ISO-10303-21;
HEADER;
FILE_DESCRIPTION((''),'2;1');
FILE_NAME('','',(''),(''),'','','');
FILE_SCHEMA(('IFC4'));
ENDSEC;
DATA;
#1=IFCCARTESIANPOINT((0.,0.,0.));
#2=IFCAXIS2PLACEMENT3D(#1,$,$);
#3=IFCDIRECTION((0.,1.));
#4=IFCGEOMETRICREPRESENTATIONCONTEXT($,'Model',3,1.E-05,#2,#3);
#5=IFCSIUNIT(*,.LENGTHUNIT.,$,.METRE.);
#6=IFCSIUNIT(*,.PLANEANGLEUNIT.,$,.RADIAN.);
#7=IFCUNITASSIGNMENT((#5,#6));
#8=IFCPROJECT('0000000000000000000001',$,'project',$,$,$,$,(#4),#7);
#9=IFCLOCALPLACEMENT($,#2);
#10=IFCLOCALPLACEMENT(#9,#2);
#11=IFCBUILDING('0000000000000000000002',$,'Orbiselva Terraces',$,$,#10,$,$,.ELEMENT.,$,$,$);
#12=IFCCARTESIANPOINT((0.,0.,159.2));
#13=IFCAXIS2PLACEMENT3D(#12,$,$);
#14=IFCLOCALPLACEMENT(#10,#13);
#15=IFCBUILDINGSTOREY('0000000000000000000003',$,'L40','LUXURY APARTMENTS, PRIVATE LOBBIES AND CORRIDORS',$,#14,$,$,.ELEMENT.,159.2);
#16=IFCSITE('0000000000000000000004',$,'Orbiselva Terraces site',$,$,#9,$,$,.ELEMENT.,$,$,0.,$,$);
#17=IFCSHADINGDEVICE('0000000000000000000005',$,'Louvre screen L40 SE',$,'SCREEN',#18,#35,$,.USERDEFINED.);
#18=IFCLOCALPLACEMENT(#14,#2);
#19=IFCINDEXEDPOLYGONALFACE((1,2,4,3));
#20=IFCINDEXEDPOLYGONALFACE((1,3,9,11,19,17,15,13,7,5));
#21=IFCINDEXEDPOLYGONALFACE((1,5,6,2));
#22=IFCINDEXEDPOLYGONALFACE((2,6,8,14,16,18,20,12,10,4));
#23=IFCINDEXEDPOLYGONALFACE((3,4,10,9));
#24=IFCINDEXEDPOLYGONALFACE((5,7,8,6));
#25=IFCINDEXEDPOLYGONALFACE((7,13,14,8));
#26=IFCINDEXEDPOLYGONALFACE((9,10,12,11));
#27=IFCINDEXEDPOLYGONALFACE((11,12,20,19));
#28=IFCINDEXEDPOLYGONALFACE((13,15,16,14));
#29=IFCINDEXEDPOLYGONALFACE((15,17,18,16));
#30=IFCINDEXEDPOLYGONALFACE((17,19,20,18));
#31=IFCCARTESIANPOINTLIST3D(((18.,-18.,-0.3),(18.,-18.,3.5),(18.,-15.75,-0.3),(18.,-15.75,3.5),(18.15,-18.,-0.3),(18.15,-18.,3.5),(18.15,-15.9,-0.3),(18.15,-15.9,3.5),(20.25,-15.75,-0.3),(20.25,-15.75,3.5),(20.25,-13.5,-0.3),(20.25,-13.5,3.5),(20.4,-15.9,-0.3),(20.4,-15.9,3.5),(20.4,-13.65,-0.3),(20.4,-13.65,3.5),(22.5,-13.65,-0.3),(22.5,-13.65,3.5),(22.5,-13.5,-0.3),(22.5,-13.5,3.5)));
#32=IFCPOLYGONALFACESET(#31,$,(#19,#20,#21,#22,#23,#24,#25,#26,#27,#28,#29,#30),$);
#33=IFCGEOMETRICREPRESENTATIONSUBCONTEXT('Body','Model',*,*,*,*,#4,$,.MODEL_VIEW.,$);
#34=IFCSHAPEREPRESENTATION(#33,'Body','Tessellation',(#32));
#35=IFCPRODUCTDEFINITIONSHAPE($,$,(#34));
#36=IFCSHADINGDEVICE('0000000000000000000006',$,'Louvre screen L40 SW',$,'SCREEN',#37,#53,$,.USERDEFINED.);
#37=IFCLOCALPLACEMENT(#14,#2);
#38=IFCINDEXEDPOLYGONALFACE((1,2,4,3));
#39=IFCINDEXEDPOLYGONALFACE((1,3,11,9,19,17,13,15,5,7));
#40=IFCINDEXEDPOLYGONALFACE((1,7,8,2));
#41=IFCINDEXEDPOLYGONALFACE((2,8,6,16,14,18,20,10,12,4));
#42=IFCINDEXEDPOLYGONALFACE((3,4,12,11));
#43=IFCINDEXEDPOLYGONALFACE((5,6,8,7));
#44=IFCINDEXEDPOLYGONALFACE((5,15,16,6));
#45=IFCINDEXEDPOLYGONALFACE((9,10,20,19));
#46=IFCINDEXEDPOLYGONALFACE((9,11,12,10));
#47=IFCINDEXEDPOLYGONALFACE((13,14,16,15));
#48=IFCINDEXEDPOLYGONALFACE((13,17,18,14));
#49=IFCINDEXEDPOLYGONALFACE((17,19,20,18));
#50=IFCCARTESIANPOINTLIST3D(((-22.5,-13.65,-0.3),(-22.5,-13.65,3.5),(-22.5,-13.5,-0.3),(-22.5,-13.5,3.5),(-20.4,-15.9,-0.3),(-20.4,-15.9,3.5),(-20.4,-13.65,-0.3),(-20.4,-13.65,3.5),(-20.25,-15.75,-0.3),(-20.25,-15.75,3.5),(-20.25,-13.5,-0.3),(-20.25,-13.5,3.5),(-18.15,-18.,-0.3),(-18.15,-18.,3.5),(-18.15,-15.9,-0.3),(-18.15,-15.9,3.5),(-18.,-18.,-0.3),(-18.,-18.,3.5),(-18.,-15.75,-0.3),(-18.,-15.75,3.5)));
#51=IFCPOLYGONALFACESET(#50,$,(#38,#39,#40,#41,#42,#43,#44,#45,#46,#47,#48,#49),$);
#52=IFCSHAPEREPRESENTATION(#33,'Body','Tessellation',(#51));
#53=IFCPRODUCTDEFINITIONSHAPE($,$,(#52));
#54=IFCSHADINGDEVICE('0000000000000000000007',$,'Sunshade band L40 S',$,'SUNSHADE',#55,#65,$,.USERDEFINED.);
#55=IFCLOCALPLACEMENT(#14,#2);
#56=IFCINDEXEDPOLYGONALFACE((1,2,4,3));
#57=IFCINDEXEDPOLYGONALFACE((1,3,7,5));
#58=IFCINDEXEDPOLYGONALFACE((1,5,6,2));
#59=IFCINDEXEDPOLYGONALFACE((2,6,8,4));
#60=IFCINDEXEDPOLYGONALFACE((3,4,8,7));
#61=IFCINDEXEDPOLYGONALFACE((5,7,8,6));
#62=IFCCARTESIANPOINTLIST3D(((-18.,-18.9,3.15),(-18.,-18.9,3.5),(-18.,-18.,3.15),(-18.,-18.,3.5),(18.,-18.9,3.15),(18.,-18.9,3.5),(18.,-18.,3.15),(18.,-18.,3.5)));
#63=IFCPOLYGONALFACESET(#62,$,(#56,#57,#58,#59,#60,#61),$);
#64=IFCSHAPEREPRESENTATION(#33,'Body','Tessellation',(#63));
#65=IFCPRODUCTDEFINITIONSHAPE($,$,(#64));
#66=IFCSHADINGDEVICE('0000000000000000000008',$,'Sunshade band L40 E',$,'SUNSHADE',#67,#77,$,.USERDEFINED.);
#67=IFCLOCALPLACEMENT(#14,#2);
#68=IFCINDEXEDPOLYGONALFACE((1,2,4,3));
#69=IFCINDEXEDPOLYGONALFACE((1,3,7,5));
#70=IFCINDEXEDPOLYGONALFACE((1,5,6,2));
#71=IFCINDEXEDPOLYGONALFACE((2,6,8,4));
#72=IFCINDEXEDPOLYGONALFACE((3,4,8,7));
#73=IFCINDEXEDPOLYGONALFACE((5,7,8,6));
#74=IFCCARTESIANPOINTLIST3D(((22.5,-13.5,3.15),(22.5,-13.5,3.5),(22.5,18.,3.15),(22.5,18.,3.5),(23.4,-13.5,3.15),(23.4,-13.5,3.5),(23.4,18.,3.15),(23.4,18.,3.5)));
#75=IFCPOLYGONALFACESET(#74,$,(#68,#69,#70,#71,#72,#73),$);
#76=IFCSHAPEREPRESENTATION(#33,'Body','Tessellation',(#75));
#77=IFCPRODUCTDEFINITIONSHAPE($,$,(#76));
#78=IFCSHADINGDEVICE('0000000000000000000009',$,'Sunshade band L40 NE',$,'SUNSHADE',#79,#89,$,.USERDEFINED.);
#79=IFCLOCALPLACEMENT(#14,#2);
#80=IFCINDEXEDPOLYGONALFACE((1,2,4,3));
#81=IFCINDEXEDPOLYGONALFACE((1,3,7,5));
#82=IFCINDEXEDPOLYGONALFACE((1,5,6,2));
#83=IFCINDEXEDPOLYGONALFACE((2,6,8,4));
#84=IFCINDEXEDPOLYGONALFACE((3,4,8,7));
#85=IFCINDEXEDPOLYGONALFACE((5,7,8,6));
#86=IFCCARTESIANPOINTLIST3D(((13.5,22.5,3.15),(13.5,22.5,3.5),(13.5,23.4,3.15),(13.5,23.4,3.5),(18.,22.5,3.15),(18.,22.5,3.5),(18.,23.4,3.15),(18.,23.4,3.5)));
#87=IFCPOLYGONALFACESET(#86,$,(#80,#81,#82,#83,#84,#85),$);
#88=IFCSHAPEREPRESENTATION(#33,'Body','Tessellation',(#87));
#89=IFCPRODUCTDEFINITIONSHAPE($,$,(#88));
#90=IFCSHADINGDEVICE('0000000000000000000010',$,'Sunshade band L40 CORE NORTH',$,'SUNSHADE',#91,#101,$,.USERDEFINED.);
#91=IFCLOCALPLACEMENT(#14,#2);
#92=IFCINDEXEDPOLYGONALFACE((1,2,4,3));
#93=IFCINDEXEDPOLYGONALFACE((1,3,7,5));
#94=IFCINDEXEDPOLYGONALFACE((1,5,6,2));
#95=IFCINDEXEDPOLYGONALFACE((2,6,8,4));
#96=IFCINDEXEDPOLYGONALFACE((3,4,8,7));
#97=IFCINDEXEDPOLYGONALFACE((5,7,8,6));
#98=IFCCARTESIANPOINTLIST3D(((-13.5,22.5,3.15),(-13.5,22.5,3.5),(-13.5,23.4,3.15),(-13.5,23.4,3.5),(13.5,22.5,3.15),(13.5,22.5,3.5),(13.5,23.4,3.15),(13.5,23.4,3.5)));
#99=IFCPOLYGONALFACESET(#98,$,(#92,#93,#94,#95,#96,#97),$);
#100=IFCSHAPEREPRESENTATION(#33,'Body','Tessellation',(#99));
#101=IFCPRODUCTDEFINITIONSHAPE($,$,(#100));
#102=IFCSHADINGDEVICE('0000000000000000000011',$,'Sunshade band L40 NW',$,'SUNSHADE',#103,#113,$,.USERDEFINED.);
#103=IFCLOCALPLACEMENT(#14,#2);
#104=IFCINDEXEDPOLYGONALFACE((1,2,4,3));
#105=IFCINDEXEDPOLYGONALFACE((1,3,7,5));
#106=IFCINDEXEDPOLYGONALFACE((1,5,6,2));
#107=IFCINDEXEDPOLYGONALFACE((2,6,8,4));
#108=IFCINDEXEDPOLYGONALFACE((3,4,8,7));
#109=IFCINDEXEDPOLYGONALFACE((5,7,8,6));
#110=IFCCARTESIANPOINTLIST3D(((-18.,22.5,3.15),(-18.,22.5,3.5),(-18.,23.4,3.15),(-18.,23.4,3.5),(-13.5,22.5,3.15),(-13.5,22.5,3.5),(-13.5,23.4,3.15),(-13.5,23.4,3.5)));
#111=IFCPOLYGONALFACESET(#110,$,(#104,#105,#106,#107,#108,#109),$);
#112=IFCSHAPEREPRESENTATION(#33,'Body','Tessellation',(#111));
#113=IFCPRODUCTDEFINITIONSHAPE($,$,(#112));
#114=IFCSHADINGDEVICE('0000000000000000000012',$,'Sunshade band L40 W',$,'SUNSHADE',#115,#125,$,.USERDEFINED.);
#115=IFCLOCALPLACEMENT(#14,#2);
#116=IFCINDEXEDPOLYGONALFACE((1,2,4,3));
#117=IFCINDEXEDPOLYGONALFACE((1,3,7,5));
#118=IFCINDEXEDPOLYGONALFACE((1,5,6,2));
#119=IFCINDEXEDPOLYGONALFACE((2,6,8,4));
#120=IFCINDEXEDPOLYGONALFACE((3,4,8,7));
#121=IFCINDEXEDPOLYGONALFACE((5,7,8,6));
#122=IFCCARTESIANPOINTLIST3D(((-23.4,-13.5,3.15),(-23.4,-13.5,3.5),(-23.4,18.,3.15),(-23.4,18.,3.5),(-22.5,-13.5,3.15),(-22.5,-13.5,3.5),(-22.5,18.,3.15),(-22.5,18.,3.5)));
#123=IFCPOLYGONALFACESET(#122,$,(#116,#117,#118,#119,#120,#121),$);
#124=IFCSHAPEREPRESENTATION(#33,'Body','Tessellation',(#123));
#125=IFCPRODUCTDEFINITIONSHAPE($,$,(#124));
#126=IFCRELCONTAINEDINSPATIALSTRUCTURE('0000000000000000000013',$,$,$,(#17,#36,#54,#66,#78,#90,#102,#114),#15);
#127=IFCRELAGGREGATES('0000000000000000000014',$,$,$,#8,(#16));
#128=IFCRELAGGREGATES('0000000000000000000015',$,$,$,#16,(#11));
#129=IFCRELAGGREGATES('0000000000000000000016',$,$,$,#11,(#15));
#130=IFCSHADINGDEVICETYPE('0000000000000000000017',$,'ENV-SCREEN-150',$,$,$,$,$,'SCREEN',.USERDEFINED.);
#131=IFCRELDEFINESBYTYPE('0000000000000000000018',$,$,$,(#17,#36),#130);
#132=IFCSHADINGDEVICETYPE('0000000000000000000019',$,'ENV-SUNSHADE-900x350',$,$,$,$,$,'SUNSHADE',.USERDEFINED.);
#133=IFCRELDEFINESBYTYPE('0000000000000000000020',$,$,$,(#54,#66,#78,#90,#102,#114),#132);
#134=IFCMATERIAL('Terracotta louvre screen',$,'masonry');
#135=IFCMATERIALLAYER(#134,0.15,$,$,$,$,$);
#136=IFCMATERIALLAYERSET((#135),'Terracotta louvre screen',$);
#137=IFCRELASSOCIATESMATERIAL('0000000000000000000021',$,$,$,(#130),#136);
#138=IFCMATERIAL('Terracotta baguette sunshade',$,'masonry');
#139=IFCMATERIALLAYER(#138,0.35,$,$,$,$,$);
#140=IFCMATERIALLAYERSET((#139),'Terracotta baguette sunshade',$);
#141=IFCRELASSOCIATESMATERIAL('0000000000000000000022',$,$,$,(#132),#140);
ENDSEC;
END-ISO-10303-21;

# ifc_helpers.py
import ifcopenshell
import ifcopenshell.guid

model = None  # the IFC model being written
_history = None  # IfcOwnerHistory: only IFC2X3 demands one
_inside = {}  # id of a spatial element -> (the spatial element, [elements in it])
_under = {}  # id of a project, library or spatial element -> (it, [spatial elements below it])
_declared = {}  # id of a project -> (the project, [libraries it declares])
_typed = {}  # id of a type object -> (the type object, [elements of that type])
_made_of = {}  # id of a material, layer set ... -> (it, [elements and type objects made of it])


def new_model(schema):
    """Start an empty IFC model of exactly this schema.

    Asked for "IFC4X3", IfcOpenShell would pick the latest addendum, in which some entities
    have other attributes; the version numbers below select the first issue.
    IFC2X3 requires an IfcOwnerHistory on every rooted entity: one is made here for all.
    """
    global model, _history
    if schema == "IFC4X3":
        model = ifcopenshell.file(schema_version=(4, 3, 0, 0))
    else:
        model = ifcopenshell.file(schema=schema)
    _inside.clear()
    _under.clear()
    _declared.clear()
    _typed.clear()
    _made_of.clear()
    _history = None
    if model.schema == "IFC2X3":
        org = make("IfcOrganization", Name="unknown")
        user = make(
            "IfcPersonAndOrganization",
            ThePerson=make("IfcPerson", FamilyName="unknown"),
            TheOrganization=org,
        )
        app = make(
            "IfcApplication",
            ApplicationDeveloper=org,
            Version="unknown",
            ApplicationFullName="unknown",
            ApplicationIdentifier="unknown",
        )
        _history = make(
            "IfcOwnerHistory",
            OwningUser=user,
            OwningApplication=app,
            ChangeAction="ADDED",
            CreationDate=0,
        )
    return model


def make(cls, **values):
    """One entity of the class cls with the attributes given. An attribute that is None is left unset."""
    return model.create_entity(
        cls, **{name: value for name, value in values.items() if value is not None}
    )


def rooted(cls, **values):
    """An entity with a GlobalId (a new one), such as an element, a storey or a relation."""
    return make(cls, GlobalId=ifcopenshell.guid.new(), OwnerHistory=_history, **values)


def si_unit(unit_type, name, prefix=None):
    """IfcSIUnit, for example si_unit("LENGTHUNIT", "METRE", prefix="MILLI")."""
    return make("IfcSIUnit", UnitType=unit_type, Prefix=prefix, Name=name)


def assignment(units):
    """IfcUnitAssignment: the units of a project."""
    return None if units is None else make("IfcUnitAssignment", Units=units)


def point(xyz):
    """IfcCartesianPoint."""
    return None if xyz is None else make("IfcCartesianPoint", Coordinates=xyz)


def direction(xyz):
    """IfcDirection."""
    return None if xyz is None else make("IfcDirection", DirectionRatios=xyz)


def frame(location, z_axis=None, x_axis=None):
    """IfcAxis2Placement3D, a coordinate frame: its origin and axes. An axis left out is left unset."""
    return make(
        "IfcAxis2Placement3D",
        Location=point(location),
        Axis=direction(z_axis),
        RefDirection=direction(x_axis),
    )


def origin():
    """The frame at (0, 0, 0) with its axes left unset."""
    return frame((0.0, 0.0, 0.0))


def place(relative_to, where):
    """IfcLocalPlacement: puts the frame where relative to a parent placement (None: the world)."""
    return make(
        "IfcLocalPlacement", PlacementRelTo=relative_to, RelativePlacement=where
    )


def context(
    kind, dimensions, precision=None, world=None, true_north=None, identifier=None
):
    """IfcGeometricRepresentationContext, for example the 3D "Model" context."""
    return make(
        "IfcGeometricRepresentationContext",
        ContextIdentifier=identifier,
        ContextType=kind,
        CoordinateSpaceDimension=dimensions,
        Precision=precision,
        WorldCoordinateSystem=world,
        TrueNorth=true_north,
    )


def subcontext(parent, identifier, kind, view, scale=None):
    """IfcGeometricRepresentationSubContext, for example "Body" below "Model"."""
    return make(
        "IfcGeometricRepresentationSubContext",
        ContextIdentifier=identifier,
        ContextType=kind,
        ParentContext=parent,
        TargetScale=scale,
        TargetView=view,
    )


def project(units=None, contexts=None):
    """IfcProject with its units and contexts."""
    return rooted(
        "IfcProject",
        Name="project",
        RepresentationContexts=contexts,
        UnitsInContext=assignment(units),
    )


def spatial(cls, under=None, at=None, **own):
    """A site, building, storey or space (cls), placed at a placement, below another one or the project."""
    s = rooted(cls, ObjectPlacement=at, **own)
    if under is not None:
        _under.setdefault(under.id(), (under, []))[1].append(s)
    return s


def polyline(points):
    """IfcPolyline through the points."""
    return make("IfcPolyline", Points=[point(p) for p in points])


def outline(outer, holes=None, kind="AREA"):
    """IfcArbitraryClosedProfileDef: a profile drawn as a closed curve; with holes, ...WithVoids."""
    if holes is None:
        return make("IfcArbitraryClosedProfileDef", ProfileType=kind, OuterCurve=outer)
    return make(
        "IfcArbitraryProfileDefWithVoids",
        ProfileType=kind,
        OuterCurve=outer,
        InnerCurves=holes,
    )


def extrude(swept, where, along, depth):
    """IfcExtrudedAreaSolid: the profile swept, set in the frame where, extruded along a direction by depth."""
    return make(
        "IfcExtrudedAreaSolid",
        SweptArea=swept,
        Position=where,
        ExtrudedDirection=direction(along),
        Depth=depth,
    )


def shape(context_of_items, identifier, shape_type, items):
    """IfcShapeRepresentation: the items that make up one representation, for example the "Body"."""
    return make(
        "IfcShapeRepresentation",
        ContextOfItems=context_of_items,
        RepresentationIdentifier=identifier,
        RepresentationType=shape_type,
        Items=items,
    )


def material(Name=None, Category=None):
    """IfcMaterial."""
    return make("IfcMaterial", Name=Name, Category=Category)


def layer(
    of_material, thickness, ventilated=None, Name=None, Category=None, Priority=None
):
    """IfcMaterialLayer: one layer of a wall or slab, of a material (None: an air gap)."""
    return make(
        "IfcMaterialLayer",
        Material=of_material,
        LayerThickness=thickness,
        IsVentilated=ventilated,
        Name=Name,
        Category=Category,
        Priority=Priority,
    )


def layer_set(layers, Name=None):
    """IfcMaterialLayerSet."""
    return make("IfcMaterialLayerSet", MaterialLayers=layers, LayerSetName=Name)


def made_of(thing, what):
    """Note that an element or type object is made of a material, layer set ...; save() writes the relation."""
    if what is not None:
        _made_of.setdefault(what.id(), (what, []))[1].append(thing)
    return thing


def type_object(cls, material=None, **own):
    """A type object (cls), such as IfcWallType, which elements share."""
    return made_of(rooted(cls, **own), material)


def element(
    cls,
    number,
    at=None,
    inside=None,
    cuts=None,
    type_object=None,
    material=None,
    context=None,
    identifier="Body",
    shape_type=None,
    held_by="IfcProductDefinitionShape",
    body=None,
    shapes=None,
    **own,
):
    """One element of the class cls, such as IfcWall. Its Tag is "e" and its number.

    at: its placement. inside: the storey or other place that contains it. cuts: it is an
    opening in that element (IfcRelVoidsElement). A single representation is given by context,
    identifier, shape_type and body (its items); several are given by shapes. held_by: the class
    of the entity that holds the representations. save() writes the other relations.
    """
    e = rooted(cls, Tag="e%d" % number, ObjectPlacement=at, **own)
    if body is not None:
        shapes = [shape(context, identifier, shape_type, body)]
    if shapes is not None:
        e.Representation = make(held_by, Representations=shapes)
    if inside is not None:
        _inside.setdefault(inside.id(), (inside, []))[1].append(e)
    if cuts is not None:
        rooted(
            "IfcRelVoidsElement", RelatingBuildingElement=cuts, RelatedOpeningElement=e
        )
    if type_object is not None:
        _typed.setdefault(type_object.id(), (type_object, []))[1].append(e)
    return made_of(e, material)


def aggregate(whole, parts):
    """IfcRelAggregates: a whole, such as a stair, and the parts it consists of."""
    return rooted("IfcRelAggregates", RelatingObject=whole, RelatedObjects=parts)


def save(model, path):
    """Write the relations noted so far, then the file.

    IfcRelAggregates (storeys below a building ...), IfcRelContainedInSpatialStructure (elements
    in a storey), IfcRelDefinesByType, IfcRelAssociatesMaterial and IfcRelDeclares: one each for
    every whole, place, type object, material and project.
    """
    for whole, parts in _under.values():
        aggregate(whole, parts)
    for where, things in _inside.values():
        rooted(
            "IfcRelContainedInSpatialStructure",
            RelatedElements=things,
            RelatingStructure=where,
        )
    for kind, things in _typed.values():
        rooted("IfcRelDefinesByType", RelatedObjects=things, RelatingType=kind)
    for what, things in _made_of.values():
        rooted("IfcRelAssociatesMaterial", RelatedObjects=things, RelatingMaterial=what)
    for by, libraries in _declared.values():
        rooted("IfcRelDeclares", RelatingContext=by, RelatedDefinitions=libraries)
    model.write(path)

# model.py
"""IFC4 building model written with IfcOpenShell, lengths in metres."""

from ifc_helpers import new_model, si_unit, direction, frame, origin, place, context, subcontext, project, spatial, polyline, outline, extrude, material, layer, layer_set, type_object, element, save


model = new_model("IFC4")

# Units and contexts
model_context = context("Model", 3, precision=1e-05, world=origin(), true_north=direction((0.0, 1.0)))
body_context = subcontext(model_context, "Body", "Model", "MODEL_VIEW")
ifc_project = project(units=[si_unit("LENGTHUNIT", "METRE"), si_unit("PLANEANGLEUNIT", "RADIAN")], contexts=[model_context])

# Site, building, storey
site_placement = place(None, origin())
site = spatial("IfcSite", under=ifc_project, at=site_placement, Name="Orbiselva Terraces site", CompositionType="ELEMENT", RefElevation=0.0)
building_placement = place(site_placement, origin())
building = spatial("IfcBuilding", under=site, at=building_placement, Name="Orbiselva Terraces", CompositionType="ELEMENT")
storey_placement = place(building_placement, frame((0.0, 0.0, 159.2)))
storey = spatial("IfcBuildingStorey", under=building, at=storey_placement, Name="L40", Description="LUXURY APARTMENTS, PRIVATE LOBBIES AND CORRIDORS", CompositionType="ELEMENT", Elevation=159.2)

# Shading devices
ifc_material_1 = material(Name="Terracotta louvre screen", Category="masonry")
ifc_layer_1 = layer(ifc_material_1, 0.15)
ifc_layer_set_1 = layer_set([ifc_layer_1], Name="Terracotta louvre screen")
shading_device_type_1 = type_object("IfcShadingDeviceType", Name="ENV-SCREEN-150", ElementType="SCREEN", PredefinedType="USERDEFINED", material=ifc_layer_set_1)
shading_device_1_placement = place(storey_placement, frame((0.0, 0.0, -0.3)))
element("IfcShadingDevice", 1, at=shading_device_1_placement, inside=storey, type_object=shading_device_type_1, Name="Louvre screen L40 SE", ObjectType="SCREEN", PredefinedType="USERDEFINED", context=body_context, shape_type="SweptSolid", body=[
    extrude(outline(polyline([(18.15, -18.0), (18.15, -15.9), (20.4, -15.9), (20.4, -13.65), (22.5, -13.65), (22.5, -13.5), (20.25, -13.5), (20.25, -15.75), (18.0, -15.75), (18.0, -18.0), (18.15, -18.0)])), origin(), (0.0, 0.0, 1.0), 3.8),
])
shading_device_2_placement = place(storey_placement, frame((0.0, 0.0, -0.3)))
element("IfcShadingDevice", 2, at=shading_device_2_placement, inside=storey, type_object=shading_device_type_1, Name="Louvre screen L40 SW", ObjectType="SCREEN", PredefinedType="USERDEFINED", context=body_context, shape_type="SweptSolid", body=[
    extrude(outline(polyline([(-22.5, -13.65), (-20.4, -13.65), (-20.4, -15.9), (-18.15, -15.9), (-18.15, -18.0), (-18.0, -18.0), (-18.0, -15.75), (-20.25, -15.75), (-20.25, -13.5), (-22.5, -13.5), (-22.5, -13.65)])), origin(), (0.0, 0.0, 1.0), 3.8),
])
ifc_material_2 = material(Name="Terracotta baguette sunshade", Category="masonry")
ifc_layer_2 = layer(ifc_material_2, 0.35)
ifc_layer_set_2 = layer_set([ifc_layer_2], Name="Terracotta baguette sunshade")
shading_device_type_2 = type_object("IfcShadingDeviceType", Name="ENV-SUNSHADE-900x350", ElementType="SUNSHADE", PredefinedType="USERDEFINED", material=ifc_layer_set_2)
shading_device_3_placement = place(storey_placement, frame((0.0, 0.0, 3.15)))
element("IfcShadingDevice", 3, at=shading_device_3_placement, inside=storey, type_object=shading_device_type_2, Name="Sunshade band L40 S", ObjectType="SUNSHADE", PredefinedType="USERDEFINED", context=body_context, shape_type="SweptSolid", body=[
    extrude(outline(polyline([(-18.0, -18.9), (18.0, -18.9), (18.0, -18.0), (-18.0, -18.0), (-18.0, -18.9)])), origin(), (0.0, 0.0, 1.0), 0.35),
])
shading_device_4_placement = place(storey_placement, frame((0.0, 0.0, 3.15)))
element("IfcShadingDevice", 4, at=shading_device_4_placement, inside=storey, type_object=shading_device_type_2, Name="Sunshade band L40 E", ObjectType="SUNSHADE", PredefinedType="USERDEFINED", context=body_context, shape_type="SweptSolid", body=[
    extrude(outline(polyline([(23.4, -13.5), (23.4, 18.0), (22.5, 18.0), (22.5, -13.5), (23.4, -13.5)])), origin(), (0.0, 0.0, 1.0), 0.35),
])
shading_device_5_placement = place(storey_placement, frame((0.0, 0.0, 3.15)))
element("IfcShadingDevice", 5, at=shading_device_5_placement, inside=storey, type_object=shading_device_type_2, Name="Sunshade band L40 NE", ObjectType="SUNSHADE", PredefinedType="USERDEFINED", context=body_context, shape_type="SweptSolid", body=[
    extrude(outline(polyline([(18.0, 23.4), (13.5, 23.4), (13.5, 22.5), (18.0, 22.5), (18.0, 23.4)])), origin(), (0.0, 0.0, 1.0), 0.35),
])
shading_device_6_placement = place(storey_placement, frame((0.0, 0.0, 3.15)))
element("IfcShadingDevice", 6, at=shading_device_6_placement, inside=storey, type_object=shading_device_type_2, Name="Sunshade band L40 CORE NORTH", ObjectType="SUNSHADE", PredefinedType="USERDEFINED", context=body_context, shape_type="SweptSolid", body=[
    extrude(outline(polyline([(13.5, 23.4), (-13.5, 23.4), (-13.5, 22.5), (13.5, 22.5), (13.5, 23.4)])), origin(), (0.0, 0.0, 1.0), 0.35),
])
shading_device_7_placement = place(storey_placement, frame((0.0, 0.0, 3.15)))
element("IfcShadingDevice", 7, at=shading_device_7_placement, inside=storey, type_object=shading_device_type_2, Name="Sunshade band L40 NW", ObjectType="SUNSHADE", PredefinedType="USERDEFINED", context=body_context, shape_type="SweptSolid", body=[
    extrude(outline(polyline([(-13.5, 23.4), (-18.0, 23.4), (-18.0, 22.5), (-13.5, 22.5), (-13.5, 23.4)])), origin(), (0.0, 0.0, 1.0), 0.35),
])
shading_device_8_placement = place(storey_placement, frame((0.0, 0.0, 3.15)))
element("IfcShadingDevice", 8, at=shading_device_8_placement, inside=storey, type_object=shading_device_type_2, Name="Sunshade band L40 W", ObjectType="SUNSHADE", PredefinedType="USERDEFINED", context=body_context, shape_type="SweptSolid", body=[
    extrude(outline(polyline([(-23.4, 18.0), (-23.4, -13.5), (-22.5, -13.5), (-22.5, 18.0), (-23.4, 18.0)])), origin(), (0.0, 0.0, 1.0), 0.35),
])

save(model, "model.ifc")
